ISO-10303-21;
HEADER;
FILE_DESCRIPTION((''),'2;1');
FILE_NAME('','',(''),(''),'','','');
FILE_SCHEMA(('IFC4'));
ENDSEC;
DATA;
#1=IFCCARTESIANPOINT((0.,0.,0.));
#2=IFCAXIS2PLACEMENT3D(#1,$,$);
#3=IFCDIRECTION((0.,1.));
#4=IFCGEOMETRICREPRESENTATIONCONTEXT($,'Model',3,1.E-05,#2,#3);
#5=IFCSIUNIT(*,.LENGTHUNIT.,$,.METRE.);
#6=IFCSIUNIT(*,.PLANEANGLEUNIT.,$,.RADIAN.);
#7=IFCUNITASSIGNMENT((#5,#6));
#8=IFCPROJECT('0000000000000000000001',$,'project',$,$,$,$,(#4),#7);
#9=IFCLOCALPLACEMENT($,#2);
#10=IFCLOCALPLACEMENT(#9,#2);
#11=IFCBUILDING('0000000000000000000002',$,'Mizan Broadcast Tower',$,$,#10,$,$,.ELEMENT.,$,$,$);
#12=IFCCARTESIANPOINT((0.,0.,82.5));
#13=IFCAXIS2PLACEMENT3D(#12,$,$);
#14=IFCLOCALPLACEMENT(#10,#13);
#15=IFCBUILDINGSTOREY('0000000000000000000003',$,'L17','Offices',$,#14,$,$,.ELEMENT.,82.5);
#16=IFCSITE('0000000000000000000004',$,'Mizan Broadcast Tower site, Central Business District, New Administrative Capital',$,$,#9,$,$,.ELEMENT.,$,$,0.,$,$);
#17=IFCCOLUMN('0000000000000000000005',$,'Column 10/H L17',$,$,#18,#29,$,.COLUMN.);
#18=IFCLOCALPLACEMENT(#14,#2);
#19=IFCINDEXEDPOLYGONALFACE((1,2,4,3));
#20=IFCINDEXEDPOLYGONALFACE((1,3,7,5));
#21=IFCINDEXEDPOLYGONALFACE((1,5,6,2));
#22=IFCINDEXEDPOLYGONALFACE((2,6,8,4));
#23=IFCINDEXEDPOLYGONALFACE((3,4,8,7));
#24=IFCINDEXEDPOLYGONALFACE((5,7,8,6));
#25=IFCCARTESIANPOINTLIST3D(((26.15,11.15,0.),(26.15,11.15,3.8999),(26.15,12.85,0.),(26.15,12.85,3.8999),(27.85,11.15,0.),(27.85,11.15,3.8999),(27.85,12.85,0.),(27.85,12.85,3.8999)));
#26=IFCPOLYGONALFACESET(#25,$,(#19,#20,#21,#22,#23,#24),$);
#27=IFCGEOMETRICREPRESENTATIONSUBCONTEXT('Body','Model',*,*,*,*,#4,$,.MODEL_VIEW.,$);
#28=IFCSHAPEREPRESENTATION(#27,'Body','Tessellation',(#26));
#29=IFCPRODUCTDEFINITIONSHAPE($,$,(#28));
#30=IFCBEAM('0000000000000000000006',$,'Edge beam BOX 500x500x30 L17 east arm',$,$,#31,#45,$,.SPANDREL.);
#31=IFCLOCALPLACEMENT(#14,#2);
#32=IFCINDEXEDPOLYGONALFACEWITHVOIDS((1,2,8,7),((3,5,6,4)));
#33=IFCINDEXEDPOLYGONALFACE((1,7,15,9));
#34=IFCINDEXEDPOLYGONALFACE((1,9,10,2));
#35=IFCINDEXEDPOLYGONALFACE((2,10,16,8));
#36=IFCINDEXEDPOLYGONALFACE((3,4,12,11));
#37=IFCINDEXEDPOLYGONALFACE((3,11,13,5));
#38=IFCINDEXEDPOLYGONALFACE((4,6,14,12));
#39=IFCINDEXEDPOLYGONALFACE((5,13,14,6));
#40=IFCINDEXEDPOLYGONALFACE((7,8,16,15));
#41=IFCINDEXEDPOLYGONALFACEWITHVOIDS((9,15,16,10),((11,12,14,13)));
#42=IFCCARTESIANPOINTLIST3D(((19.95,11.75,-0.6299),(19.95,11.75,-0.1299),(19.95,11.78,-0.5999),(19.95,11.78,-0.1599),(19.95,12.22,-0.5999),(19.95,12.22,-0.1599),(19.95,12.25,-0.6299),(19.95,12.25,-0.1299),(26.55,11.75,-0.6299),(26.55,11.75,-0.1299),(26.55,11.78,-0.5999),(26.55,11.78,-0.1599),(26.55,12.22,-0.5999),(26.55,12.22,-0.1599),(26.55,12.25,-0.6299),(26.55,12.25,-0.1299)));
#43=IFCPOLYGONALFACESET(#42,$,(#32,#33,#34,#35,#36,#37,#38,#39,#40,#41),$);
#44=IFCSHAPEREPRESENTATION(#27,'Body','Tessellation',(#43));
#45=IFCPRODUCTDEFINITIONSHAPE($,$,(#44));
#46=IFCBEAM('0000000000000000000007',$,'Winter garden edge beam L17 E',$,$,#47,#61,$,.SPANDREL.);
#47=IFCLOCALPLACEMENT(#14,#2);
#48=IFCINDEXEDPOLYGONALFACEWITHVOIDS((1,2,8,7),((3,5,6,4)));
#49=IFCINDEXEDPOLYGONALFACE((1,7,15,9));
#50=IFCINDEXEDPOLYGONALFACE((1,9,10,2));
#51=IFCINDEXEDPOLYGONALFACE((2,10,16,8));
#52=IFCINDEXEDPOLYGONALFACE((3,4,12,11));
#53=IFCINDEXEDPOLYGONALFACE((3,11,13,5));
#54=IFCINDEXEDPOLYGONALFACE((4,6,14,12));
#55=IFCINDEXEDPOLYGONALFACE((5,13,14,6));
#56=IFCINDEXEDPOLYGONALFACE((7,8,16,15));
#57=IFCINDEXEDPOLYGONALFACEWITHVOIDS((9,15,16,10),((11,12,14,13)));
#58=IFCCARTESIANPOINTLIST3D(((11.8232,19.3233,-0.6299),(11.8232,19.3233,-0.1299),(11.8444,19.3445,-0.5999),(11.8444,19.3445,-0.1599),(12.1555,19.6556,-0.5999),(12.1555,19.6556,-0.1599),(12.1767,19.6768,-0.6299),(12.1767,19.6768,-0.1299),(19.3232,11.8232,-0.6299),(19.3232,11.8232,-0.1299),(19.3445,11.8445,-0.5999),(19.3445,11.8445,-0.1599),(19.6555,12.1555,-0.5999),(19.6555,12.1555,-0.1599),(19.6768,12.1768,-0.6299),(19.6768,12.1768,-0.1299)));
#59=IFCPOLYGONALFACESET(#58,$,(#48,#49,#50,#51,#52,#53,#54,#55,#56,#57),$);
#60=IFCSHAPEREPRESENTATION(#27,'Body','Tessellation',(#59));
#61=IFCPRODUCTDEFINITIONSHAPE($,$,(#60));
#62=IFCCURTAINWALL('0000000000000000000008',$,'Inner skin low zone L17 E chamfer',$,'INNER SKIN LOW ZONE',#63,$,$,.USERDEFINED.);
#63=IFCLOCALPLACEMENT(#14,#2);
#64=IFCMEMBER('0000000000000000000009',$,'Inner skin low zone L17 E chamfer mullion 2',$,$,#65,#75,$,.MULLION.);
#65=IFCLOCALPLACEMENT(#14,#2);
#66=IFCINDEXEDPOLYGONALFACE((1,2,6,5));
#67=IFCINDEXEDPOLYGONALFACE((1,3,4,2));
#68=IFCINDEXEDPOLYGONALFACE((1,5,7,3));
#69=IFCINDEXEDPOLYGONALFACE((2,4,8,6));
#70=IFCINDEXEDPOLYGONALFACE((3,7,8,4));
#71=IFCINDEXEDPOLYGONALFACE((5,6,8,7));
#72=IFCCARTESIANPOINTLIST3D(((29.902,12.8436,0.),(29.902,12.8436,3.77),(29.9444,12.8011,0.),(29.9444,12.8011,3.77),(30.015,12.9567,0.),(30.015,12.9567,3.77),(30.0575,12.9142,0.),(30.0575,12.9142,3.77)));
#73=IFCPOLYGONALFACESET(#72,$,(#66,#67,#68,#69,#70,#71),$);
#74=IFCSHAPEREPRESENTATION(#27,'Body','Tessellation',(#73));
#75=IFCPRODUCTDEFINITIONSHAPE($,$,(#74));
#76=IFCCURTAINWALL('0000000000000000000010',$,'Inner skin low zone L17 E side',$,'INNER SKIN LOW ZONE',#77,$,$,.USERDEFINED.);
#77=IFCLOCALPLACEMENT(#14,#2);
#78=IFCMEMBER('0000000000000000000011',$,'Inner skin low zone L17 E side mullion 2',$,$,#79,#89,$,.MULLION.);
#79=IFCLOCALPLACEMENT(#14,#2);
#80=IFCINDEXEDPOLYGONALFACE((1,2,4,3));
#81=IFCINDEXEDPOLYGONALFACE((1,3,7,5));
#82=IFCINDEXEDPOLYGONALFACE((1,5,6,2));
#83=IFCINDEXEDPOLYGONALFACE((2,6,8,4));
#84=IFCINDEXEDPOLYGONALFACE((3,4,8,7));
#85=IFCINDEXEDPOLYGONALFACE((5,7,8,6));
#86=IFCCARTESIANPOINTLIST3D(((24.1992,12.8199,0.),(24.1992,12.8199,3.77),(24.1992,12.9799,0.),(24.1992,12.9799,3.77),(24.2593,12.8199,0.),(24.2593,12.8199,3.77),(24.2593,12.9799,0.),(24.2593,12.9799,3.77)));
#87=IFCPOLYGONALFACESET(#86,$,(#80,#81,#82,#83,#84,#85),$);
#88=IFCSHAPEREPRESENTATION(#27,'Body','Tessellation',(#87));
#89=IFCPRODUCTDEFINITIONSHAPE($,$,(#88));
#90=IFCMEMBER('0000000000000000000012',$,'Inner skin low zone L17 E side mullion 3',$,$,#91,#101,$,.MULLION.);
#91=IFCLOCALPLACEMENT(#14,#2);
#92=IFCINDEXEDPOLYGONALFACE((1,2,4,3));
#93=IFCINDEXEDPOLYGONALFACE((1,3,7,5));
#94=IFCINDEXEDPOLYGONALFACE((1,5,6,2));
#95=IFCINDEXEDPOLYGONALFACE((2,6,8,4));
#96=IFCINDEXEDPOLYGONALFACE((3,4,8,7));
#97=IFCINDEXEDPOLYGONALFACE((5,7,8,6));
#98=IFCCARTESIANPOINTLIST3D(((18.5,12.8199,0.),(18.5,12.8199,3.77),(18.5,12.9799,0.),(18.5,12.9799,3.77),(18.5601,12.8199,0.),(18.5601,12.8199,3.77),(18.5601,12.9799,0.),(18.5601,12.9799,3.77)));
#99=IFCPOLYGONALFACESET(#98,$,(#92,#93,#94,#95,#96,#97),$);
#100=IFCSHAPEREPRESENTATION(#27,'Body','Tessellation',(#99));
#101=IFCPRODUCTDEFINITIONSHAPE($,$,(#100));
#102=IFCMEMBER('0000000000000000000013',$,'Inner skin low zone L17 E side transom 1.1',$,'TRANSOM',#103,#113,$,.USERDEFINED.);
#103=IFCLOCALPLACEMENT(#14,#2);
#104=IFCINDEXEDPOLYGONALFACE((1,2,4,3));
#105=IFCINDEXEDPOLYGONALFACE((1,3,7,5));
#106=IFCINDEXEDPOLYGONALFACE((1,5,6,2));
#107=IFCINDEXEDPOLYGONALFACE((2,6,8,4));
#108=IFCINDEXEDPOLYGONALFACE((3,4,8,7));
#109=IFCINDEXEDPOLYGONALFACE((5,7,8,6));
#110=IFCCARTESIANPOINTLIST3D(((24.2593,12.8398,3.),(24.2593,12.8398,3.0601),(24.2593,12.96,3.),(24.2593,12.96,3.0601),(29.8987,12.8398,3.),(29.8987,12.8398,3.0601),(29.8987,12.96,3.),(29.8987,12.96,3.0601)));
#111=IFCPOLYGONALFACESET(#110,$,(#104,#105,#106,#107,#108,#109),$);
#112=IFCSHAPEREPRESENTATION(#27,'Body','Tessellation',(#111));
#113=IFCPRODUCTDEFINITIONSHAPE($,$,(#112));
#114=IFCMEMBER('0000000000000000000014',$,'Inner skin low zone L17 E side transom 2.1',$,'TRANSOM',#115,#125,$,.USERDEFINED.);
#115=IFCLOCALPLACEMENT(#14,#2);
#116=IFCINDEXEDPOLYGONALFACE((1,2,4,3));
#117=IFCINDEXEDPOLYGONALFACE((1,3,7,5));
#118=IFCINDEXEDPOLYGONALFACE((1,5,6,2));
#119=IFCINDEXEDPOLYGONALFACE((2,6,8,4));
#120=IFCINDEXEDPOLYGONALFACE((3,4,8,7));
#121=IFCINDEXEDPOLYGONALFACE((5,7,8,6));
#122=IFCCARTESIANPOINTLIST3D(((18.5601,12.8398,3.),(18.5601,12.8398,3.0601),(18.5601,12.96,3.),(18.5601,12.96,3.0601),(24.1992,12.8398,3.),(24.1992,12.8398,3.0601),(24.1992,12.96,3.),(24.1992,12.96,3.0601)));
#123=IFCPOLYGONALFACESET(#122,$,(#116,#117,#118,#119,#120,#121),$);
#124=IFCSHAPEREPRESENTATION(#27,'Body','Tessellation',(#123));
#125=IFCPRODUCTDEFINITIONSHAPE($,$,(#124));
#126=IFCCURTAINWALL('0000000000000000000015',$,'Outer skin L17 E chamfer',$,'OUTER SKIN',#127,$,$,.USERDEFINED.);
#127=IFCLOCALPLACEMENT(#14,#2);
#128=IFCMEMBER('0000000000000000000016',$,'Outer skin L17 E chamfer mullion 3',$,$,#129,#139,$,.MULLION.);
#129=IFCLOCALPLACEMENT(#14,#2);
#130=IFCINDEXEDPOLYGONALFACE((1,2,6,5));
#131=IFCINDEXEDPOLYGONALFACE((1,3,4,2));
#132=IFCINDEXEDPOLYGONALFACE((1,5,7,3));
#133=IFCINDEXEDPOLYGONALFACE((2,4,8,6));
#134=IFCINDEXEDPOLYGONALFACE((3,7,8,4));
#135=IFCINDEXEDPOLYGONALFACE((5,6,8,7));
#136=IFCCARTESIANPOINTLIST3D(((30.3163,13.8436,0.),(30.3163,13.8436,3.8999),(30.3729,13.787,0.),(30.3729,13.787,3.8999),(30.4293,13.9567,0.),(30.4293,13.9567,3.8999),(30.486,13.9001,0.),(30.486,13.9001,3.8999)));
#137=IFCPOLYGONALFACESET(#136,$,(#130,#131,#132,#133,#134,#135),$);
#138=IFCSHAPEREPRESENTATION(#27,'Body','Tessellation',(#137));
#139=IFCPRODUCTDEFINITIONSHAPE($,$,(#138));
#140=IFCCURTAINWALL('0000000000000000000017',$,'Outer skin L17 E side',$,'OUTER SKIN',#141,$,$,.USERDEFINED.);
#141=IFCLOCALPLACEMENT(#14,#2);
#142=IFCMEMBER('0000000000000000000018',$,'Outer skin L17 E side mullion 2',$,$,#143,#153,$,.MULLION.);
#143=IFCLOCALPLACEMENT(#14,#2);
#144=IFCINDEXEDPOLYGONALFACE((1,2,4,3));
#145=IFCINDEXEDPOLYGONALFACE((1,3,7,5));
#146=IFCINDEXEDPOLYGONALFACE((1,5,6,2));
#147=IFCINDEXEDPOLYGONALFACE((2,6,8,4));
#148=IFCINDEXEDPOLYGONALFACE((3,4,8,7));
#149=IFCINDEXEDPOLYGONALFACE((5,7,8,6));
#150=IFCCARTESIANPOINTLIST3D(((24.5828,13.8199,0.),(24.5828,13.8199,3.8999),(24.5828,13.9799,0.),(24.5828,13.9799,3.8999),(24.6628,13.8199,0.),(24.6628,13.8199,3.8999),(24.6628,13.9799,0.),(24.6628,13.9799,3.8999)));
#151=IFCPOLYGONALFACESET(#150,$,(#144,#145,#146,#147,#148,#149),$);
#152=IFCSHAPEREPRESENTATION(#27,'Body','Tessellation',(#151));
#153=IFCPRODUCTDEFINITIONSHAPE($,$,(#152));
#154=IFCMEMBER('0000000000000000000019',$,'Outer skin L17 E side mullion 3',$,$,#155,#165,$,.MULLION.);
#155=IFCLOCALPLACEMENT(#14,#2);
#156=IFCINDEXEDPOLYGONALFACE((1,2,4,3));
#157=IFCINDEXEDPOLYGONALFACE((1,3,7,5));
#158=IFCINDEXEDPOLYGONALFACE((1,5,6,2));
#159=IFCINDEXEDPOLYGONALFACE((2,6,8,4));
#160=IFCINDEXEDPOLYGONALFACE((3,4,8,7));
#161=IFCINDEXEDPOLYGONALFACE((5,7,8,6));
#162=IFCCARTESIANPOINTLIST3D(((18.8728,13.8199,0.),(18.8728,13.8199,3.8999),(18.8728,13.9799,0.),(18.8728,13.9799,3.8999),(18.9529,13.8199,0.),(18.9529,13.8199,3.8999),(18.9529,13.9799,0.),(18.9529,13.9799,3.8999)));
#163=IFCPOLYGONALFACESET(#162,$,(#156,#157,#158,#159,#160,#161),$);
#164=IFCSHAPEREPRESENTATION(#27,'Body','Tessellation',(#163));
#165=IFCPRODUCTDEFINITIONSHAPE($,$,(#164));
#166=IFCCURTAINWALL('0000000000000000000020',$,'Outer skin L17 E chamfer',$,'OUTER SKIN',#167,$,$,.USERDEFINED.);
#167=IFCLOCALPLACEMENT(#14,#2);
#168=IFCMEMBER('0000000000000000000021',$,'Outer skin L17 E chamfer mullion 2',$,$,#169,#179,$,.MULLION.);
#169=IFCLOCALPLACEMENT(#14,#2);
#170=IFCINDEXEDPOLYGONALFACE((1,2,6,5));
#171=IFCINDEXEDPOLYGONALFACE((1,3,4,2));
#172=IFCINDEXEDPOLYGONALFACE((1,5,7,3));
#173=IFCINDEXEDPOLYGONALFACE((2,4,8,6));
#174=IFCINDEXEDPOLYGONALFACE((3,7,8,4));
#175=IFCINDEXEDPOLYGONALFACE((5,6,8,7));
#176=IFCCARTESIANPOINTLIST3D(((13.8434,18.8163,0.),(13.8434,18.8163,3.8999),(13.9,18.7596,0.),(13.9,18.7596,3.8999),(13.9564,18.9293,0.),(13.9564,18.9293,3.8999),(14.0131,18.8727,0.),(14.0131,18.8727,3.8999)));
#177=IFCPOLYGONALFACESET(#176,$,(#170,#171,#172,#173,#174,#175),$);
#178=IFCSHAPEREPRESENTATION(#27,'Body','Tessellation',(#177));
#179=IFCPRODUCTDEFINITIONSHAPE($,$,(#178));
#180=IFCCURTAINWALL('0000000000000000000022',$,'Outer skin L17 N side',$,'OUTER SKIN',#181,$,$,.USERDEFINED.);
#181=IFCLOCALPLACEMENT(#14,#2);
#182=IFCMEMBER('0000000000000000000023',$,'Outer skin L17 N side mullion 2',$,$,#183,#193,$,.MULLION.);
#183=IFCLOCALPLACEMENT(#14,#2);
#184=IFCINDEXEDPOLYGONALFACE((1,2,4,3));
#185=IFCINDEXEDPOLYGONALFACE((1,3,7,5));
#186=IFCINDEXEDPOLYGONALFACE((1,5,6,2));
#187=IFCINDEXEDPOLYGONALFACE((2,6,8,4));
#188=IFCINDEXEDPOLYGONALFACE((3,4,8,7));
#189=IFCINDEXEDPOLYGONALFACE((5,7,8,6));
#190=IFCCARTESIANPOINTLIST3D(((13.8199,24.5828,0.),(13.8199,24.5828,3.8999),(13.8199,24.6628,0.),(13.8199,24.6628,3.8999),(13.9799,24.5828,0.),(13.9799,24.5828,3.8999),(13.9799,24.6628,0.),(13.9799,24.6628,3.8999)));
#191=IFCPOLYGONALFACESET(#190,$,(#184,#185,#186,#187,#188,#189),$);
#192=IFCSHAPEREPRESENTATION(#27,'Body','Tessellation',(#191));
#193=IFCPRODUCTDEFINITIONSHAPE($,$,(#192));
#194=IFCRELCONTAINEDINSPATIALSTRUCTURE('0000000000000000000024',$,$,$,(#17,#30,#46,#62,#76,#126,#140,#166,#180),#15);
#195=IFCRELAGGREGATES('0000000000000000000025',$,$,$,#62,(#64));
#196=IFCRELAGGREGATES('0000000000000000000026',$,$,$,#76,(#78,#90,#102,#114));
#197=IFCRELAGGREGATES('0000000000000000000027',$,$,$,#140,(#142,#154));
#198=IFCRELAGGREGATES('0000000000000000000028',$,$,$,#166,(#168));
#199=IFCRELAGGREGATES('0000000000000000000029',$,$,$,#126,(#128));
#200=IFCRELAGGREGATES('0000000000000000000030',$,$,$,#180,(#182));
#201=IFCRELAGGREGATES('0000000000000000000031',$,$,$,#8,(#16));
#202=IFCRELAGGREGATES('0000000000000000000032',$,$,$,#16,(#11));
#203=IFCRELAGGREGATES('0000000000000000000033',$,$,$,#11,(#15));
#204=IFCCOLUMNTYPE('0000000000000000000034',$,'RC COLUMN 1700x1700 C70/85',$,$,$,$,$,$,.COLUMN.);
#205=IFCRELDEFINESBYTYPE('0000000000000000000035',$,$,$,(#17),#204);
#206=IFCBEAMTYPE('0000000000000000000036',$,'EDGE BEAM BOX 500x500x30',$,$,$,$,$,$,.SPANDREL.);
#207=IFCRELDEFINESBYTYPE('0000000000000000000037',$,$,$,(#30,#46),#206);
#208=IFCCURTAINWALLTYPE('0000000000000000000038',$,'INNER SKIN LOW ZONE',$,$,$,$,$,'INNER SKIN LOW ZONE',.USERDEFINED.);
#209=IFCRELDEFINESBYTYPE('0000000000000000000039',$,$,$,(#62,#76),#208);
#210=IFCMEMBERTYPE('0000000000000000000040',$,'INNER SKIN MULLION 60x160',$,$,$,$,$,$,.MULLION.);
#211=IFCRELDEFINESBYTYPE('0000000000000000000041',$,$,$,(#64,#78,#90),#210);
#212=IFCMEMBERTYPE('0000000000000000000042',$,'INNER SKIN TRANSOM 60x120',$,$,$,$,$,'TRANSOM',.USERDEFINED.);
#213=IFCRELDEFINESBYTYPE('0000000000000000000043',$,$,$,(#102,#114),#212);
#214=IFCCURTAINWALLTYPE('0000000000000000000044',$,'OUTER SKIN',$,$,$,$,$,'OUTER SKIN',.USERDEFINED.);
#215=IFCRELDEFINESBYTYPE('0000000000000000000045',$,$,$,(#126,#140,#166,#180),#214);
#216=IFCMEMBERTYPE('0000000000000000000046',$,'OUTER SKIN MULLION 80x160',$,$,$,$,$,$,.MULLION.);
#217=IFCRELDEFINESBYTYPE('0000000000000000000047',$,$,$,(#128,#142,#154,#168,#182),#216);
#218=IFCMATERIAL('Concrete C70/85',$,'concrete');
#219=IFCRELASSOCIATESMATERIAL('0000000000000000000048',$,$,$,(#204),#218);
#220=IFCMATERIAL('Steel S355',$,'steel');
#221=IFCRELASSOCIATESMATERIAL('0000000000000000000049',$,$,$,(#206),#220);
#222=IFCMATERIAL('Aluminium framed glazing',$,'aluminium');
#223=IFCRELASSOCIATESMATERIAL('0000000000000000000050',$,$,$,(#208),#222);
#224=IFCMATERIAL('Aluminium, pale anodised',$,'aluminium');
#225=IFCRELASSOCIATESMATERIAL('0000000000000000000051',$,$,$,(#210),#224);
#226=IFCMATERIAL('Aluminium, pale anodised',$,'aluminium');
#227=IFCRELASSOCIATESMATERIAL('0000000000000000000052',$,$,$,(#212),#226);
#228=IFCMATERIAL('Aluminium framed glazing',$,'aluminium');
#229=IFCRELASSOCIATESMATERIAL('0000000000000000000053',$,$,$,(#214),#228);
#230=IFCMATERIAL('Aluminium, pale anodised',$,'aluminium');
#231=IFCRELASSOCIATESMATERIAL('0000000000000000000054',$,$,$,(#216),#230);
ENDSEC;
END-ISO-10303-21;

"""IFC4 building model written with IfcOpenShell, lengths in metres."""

from ifc_helpers import new_model, si_unit, direction, frame, origin, origin_2d, place, context, subcontext, project, spatial, rectangle, hollow_rectangle, extrude, material, material_profile, profile_set, type_object, element, aggregate, save


model = new_model("IFC4")

# Units and contexts
model_context = context("Model", 3, precision=1e-05, world=origin(), true_north=direction((0.0, 1.0)))
body_context = subcontext(model_context, "Body", "Model", "MODEL_VIEW")
ifc_project = project(units=[si_unit("LENGTHUNIT", "METRE"), si_unit("PLANEANGLEUNIT", "RADIAN")], contexts=[model_context])

# Site, building, storey
site_placement = place(None, origin())
site = spatial("IfcSite", under=ifc_project, at=site_placement, Name="Mizan Broadcast Tower site, Central Business District, New Administrative Capital", CompositionType="ELEMENT", RefElevation=0.0)
building_placement = place(site_placement, origin())
building = spatial("IfcBuilding", under=site, at=building_placement, Name="Mizan Broadcast Tower", CompositionType="ELEMENT")
storey_placement = place(building_placement, frame((0.0, 0.0, 82.5)))
storey = spatial("IfcBuildingStorey", under=building, at=storey_placement, Name="L17", Description="Offices", CompositionType="ELEMENT", Elevation=82.5)

# Column
ifc_material_1 = material(Name="Concrete C70/85", Category="concrete")
ifc_material_profile_1 = material_profile(ifc_material_1, rectangle(XDim=1.7, YDim=1.7, at=origin_2d()), Name="RC 1700x1700")
ifc_profile_set_1 = profile_set([ifc_material_profile_1], Name="Concrete C70/85")
column_type = type_object("IfcColumnType", Name="RC COLUMN 1700x1700 C70/85", PredefinedType="COLUMN", material=ifc_profile_set_1)
column_placement = place(storey_placement, frame((27.0, 12.0, 0.0), z_axis=(0.0, 0.0, 1.0), x_axis=(1.0, 0.0, 0.0)))
element("IfcColumn", 1, at=column_placement, inside=storey, type_object=column_type, Name="Column 10/H L17", PredefinedType="COLUMN", context=body_context, shape_type="SweptSolid", body=[
    extrude(rectangle(XDim=1.7, YDim=1.7, at=origin_2d()), origin(), (0.0, 0.0, 1.0), 3.8999),
])

# Beams
ifc_material_2 = material(Name="Steel S355", Category="steel")
ifc_material_profile_2 = material_profile(ifc_material_2, hollow_rectangle(XDim=0.5, YDim=0.5, WallThickness=0.03, at=origin_2d()), Name="BOX 500x500x30")
ifc_profile_set_2 = profile_set([ifc_material_profile_2], Name="Steel S355")
beam_type_1 = type_object("IfcBeamType", Name="EDGE BEAM BOX 500x500x30", PredefinedType="SPANDREL", material=ifc_profile_set_2)
beam_1_placement = place(storey_placement, frame((19.95, 12.0, -0.3799), z_axis=(1.0, 0.0, 0.0), x_axis=(0.0, 1.0, 0.0)))
element("IfcBeam", 2, at=beam_1_placement, inside=storey, type_object=beam_type_1, Name="Edge beam BOX 500x500x30 L17 east arm", PredefinedType="SPANDREL", context=body_context, shape_type="SweptSolid", body=[
    extrude(hollow_rectangle(XDim=0.5, YDim=0.5, WallThickness=0.03, at=origin_2d()), origin(), (0.0, 0.0, 1.0), 6.6001),
])
beam_2_placement = place(storey_placement, frame((19.5, 12.0, -0.3799), z_axis=(-0.707107, 0.707107, 0.0), x_axis=(-0.707107, -0.707107, 0.0)))
element("IfcBeam", 3, at=beam_2_placement, inside=storey, type_object=beam_type_1, Name="Winter garden edge beam L17 E", PredefinedType="SPANDREL", context=body_context, shape_type="SweptSolid", body=[
    extrude(hollow_rectangle(XDim=0.5, YDim=0.5, WallThickness=0.03, at=origin_2d()), origin(), (0.0, 0.0, 1.0), 10.6067),
])

# Curtain wall, member
ifc_material_3 = material(Name="Aluminium framed glazing", Category="aluminium")
curtain_wall_type_1 = type_object("IfcCurtainWallType", Name="INNER SKIN LOW ZONE", ElementType="INNER SKIN LOW ZONE", PredefinedType="USERDEFINED", material=ifc_material_3)
curtain_wall_1_placement = place(storey_placement, origin())
curtain_wall_1 = element("IfcCurtainWall", 4, at=curtain_wall_1_placement, inside=storey, type_object=curtain_wall_type_1, Name="Inner skin low zone L17 E chamfer", ObjectType="INNER SKIN LOW ZONE", PredefinedType="USERDEFINED")
ifc_material_4 = material(Name="Aluminium, pale anodised", Category="aluminium")
ifc_material_profile_3 = material_profile(ifc_material_4, rectangle(XDim=0.1599, YDim=0.0601, at=origin_2d()), Name="MULLION 160x60")
ifc_profile_set_3 = profile_set([ifc_material_profile_3], Name="Aluminium, pale anodised")
member_type_1 = type_object("IfcMemberType", Name="INNER SKIN MULLION 60x160", PredefinedType="MULLION", material=ifc_profile_set_3)
member_1_placement = place(storey_placement, frame((29.9797, 12.8789, 0.0), z_axis=(0.0, 0.0, 1.0), x_axis=(-0.707107, -0.707107, 0.0)))
member_1 = element("IfcMember", 5, at=member_1_placement, type_object=member_type_1, Name="Inner skin low zone L17 E chamfer mullion 2", PredefinedType="MULLION", context=body_context, shape_type="SweptSolid", body=[
    extrude(rectangle(XDim=0.1599, YDim=0.0601, at=origin_2d()), origin(), (0.0, 0.0, 1.0), 3.77),
])
aggregate(curtain_wall_1, [member_1])

# Curtain wall, members
curtain_wall_2_placement = place(storey_placement, origin())
curtain_wall_2 = element("IfcCurtainWall", 6, at=curtain_wall_2_placement, inside=storey, type_object=curtain_wall_type_1, Name="Inner skin low zone L17 E side", ObjectType="INNER SKIN LOW ZONE", PredefinedType="USERDEFINED")
member_2_placement = place(storey_placement, frame((24.2292, 12.8999, 0.0), z_axis=(0.0, 0.0, 1.0), x_axis=(0.0, -1.0, 0.0)))
member_2 = element("IfcMember", 7, at=member_2_placement, type_object=member_type_1, Name="Inner skin low zone L17 E side mullion 2", PredefinedType="MULLION", context=body_context, shape_type="SweptSolid", body=[
    extrude(rectangle(XDim=0.1599, YDim=0.0601, at=origin_2d()), origin(), (0.0, 0.0, 1.0), 3.77),
])
member_3_placement = place(storey_placement, frame((18.53, 12.8999, 0.0), z_axis=(0.0, 0.0, 1.0), x_axis=(0.0, -1.0, 0.0)))
member_3 = element("IfcMember", 8, at=member_3_placement, type_object=member_type_1, Name="Inner skin low zone L17 E side mullion 3", PredefinedType="MULLION", context=body_context, shape_type="SweptSolid", body=[
    extrude(rectangle(XDim=0.1599, YDim=0.0601, at=origin_2d()), origin(), (0.0, 0.0, 1.0), 3.77),
])
ifc_material_5 = material(Name="Aluminium, pale anodised", Category="aluminium")
ifc_material_profile_4 = material_profile(ifc_material_5, rectangle(XDim=0.1201, YDim=0.0601, at=origin_2d()), Name="TRANSOM 120x60")
ifc_profile_set_4 = profile_set([ifc_material_profile_4], Name="Aluminium, pale anodised")
member_type_2 = type_object("IfcMemberType", Name="INNER SKIN TRANSOM 60x120", ElementType="TRANSOM", PredefinedType="USERDEFINED", material=ifc_profile_set_4)
member_4_placement = place(storey_placement, frame((29.8987, 12.8999, 3.03), z_axis=(-1.0, 0.0, 0.0), x_axis=(0.0, -1.0, 0.0)))
member_4 = element("IfcMember", 9, at=member_4_placement, type_object=member_type_2, Name="Inner skin low zone L17 E side transom 1.1", ObjectType="TRANSOM", PredefinedType="USERDEFINED", context=body_context, shape_type="SweptSolid", body=[
    extrude(rectangle(XDim=0.1201, YDim=0.0601, at=origin_2d()), origin(), (0.0, 0.0, 1.0), 5.6394),
])
member_5_placement = place(storey_placement, frame((24.1992, 12.8999, 3.03), z_axis=(-1.0, 0.0, 0.0), x_axis=(0.0, -1.0, 0.0)))
member_5 = element("IfcMember", 10, at=member_5_placement, type_object=member_type_2, Name="Inner skin low zone L17 E side transom 2.1", ObjectType="TRANSOM", PredefinedType="USERDEFINED", context=body_context, shape_type="SweptSolid", body=[
    extrude(rectangle(XDim=0.1201, YDim=0.0601, at=origin_2d()), origin(), (0.0, 0.0, 1.0), 5.6392),
])

# Curtain wall, member
ifc_material_6 = material(Name="Aluminium framed glazing", Category="aluminium")
curtain_wall_type_2 = type_object("IfcCurtainWallType", Name="OUTER SKIN", ElementType="OUTER SKIN", PredefinedType="USERDEFINED", material=ifc_material_6)
curtain_wall_3_placement = place(storey_placement, origin())
curtain_wall_3 = element("IfcCurtainWall", 11, at=curtain_wall_3_placement, inside=storey, type_object=curtain_wall_type_2, Name="Outer skin L17 E chamfer", ObjectType="OUTER SKIN", PredefinedType="USERDEFINED")
ifc_material_7 = material(Name="Aluminium, pale anodised", Category="aluminium")
ifc_material_profile_5 = material_profile(ifc_material_7, rectangle(XDim=0.1599, YDim=0.0801, at=origin_2d()), Name="MULLION 160x80")
ifc_profile_set_5 = profile_set([ifc_material_profile_5], Name="Aluminium, pale anodised")
member_type_3 = type_object("IfcMemberType", Name="OUTER SKIN MULLION 80x160", PredefinedType="MULLION", material=ifc_profile_set_5)
member_6_placement = place(storey_placement, frame((30.4011, 13.8718, 0.0), z_axis=(0.0, 0.0, 1.0), x_axis=(-0.707107, -0.707107, 0.0)))
member_6 = element("IfcMember", 12, at=member_6_placement, type_object=member_type_3, Name="Outer skin L17 E chamfer mullion 3", PredefinedType="MULLION", context=body_context, shape_type="SweptSolid", body=[
    extrude(rectangle(XDim=0.1599, YDim=0.0801, at=origin_2d()), origin(), (0.0, 0.0, 1.0), 3.8999),
])

# Curtain wall, members
curtain_wall_4_placement = place(storey_placement, origin())
curtain_wall_4 = element("IfcCurtainWall", 13, at=curtain_wall_4_placement, inside=storey, type_object=curtain_wall_type_2, Name="Outer skin L17 E side", ObjectType="OUTER SKIN", PredefinedType="USERDEFINED")
member_7_placement = place(storey_placement, frame((24.6228, 13.8999, 0.0), z_axis=(0.0, 0.0, 1.0), x_axis=(0.0, -1.0, 0.0)))
member_7 = element("IfcMember", 14, at=member_7_placement, type_object=member_type_3, Name="Outer skin L17 E side mullion 2", PredefinedType="MULLION", context=body_context, shape_type="SweptSolid", body=[
    extrude(rectangle(XDim=0.1599, YDim=0.0801, at=origin_2d()), origin(), (0.0, 0.0, 1.0), 3.8999),
])
member_8_placement = place(storey_placement, frame((18.9128, 13.8999, 0.0), z_axis=(0.0, 0.0, 1.0), x_axis=(0.0, -1.0, 0.0)))
member_8 = element("IfcMember", 15, at=member_8_placement, type_object=member_type_3, Name="Outer skin L17 E side mullion 3", PredefinedType="MULLION", context=body_context, shape_type="SweptSolid", body=[
    extrude(rectangle(XDim=0.1599, YDim=0.0801, at=origin_2d()), origin(), (0.0, 0.0, 1.0), 3.8999),
])

# Curtain wall, member
curtain_wall_5_placement = place(storey_placement, origin())
curtain_wall_5 = element("IfcCurtainWall", 16, at=curtain_wall_5_placement, inside=storey, type_object=curtain_wall_type_2, Name="Outer skin L17 E chamfer", ObjectType="OUTER SKIN", PredefinedType="USERDEFINED")
member_9_placement = place(storey_placement, frame((13.9282, 18.8445, 0.0), z_axis=(0.0, 0.0, 1.0), x_axis=(-0.707107, -0.707107, 0.0)))
member_9 = element("IfcMember", 17, at=member_9_placement, type_object=member_type_3, Name="Outer skin L17 E chamfer mullion 2", PredefinedType="MULLION", context=body_context, shape_type="SweptSolid", body=[
    extrude(rectangle(XDim=0.1599, YDim=0.0801, at=origin_2d()), origin(), (0.0, 0.0, 1.0), 3.8999),
])

# Curtain wall, member
curtain_wall_6_placement = place(storey_placement, origin())
curtain_wall_6 = element("IfcCurtainWall", 18, at=curtain_wall_6_placement, inside=storey, type_object=curtain_wall_type_2, Name="Outer skin L17 N side", ObjectType="OUTER SKIN", PredefinedType="USERDEFINED")
member_10_placement = place(storey_placement, frame((13.8999, 24.6228, 0.0), z_axis=(0.0, 0.0, 1.0), x_axis=(-1.0, 0.0, 0.0)))
member_10 = element("IfcMember", 19, at=member_10_placement, type_object=member_type_3, Name="Outer skin L17 N side mullion 2", PredefinedType="MULLION", context=body_context, shape_type="SweptSolid", body=[
    extrude(rectangle(XDim=0.1599, YDim=0.0801, at=origin_2d()), origin(), (0.0, 0.0, 1.0), 3.8999),
])

aggregate(curtain_wall_2, [member_2, member_3, member_4, member_5])
aggregate(curtain_wall_4, [member_7, member_8])
aggregate(curtain_wall_5, [member_9])
aggregate(curtain_wall_3, [member_6])
aggregate(curtain_wall_6, [member_10])

save(model, "model.ifc")
